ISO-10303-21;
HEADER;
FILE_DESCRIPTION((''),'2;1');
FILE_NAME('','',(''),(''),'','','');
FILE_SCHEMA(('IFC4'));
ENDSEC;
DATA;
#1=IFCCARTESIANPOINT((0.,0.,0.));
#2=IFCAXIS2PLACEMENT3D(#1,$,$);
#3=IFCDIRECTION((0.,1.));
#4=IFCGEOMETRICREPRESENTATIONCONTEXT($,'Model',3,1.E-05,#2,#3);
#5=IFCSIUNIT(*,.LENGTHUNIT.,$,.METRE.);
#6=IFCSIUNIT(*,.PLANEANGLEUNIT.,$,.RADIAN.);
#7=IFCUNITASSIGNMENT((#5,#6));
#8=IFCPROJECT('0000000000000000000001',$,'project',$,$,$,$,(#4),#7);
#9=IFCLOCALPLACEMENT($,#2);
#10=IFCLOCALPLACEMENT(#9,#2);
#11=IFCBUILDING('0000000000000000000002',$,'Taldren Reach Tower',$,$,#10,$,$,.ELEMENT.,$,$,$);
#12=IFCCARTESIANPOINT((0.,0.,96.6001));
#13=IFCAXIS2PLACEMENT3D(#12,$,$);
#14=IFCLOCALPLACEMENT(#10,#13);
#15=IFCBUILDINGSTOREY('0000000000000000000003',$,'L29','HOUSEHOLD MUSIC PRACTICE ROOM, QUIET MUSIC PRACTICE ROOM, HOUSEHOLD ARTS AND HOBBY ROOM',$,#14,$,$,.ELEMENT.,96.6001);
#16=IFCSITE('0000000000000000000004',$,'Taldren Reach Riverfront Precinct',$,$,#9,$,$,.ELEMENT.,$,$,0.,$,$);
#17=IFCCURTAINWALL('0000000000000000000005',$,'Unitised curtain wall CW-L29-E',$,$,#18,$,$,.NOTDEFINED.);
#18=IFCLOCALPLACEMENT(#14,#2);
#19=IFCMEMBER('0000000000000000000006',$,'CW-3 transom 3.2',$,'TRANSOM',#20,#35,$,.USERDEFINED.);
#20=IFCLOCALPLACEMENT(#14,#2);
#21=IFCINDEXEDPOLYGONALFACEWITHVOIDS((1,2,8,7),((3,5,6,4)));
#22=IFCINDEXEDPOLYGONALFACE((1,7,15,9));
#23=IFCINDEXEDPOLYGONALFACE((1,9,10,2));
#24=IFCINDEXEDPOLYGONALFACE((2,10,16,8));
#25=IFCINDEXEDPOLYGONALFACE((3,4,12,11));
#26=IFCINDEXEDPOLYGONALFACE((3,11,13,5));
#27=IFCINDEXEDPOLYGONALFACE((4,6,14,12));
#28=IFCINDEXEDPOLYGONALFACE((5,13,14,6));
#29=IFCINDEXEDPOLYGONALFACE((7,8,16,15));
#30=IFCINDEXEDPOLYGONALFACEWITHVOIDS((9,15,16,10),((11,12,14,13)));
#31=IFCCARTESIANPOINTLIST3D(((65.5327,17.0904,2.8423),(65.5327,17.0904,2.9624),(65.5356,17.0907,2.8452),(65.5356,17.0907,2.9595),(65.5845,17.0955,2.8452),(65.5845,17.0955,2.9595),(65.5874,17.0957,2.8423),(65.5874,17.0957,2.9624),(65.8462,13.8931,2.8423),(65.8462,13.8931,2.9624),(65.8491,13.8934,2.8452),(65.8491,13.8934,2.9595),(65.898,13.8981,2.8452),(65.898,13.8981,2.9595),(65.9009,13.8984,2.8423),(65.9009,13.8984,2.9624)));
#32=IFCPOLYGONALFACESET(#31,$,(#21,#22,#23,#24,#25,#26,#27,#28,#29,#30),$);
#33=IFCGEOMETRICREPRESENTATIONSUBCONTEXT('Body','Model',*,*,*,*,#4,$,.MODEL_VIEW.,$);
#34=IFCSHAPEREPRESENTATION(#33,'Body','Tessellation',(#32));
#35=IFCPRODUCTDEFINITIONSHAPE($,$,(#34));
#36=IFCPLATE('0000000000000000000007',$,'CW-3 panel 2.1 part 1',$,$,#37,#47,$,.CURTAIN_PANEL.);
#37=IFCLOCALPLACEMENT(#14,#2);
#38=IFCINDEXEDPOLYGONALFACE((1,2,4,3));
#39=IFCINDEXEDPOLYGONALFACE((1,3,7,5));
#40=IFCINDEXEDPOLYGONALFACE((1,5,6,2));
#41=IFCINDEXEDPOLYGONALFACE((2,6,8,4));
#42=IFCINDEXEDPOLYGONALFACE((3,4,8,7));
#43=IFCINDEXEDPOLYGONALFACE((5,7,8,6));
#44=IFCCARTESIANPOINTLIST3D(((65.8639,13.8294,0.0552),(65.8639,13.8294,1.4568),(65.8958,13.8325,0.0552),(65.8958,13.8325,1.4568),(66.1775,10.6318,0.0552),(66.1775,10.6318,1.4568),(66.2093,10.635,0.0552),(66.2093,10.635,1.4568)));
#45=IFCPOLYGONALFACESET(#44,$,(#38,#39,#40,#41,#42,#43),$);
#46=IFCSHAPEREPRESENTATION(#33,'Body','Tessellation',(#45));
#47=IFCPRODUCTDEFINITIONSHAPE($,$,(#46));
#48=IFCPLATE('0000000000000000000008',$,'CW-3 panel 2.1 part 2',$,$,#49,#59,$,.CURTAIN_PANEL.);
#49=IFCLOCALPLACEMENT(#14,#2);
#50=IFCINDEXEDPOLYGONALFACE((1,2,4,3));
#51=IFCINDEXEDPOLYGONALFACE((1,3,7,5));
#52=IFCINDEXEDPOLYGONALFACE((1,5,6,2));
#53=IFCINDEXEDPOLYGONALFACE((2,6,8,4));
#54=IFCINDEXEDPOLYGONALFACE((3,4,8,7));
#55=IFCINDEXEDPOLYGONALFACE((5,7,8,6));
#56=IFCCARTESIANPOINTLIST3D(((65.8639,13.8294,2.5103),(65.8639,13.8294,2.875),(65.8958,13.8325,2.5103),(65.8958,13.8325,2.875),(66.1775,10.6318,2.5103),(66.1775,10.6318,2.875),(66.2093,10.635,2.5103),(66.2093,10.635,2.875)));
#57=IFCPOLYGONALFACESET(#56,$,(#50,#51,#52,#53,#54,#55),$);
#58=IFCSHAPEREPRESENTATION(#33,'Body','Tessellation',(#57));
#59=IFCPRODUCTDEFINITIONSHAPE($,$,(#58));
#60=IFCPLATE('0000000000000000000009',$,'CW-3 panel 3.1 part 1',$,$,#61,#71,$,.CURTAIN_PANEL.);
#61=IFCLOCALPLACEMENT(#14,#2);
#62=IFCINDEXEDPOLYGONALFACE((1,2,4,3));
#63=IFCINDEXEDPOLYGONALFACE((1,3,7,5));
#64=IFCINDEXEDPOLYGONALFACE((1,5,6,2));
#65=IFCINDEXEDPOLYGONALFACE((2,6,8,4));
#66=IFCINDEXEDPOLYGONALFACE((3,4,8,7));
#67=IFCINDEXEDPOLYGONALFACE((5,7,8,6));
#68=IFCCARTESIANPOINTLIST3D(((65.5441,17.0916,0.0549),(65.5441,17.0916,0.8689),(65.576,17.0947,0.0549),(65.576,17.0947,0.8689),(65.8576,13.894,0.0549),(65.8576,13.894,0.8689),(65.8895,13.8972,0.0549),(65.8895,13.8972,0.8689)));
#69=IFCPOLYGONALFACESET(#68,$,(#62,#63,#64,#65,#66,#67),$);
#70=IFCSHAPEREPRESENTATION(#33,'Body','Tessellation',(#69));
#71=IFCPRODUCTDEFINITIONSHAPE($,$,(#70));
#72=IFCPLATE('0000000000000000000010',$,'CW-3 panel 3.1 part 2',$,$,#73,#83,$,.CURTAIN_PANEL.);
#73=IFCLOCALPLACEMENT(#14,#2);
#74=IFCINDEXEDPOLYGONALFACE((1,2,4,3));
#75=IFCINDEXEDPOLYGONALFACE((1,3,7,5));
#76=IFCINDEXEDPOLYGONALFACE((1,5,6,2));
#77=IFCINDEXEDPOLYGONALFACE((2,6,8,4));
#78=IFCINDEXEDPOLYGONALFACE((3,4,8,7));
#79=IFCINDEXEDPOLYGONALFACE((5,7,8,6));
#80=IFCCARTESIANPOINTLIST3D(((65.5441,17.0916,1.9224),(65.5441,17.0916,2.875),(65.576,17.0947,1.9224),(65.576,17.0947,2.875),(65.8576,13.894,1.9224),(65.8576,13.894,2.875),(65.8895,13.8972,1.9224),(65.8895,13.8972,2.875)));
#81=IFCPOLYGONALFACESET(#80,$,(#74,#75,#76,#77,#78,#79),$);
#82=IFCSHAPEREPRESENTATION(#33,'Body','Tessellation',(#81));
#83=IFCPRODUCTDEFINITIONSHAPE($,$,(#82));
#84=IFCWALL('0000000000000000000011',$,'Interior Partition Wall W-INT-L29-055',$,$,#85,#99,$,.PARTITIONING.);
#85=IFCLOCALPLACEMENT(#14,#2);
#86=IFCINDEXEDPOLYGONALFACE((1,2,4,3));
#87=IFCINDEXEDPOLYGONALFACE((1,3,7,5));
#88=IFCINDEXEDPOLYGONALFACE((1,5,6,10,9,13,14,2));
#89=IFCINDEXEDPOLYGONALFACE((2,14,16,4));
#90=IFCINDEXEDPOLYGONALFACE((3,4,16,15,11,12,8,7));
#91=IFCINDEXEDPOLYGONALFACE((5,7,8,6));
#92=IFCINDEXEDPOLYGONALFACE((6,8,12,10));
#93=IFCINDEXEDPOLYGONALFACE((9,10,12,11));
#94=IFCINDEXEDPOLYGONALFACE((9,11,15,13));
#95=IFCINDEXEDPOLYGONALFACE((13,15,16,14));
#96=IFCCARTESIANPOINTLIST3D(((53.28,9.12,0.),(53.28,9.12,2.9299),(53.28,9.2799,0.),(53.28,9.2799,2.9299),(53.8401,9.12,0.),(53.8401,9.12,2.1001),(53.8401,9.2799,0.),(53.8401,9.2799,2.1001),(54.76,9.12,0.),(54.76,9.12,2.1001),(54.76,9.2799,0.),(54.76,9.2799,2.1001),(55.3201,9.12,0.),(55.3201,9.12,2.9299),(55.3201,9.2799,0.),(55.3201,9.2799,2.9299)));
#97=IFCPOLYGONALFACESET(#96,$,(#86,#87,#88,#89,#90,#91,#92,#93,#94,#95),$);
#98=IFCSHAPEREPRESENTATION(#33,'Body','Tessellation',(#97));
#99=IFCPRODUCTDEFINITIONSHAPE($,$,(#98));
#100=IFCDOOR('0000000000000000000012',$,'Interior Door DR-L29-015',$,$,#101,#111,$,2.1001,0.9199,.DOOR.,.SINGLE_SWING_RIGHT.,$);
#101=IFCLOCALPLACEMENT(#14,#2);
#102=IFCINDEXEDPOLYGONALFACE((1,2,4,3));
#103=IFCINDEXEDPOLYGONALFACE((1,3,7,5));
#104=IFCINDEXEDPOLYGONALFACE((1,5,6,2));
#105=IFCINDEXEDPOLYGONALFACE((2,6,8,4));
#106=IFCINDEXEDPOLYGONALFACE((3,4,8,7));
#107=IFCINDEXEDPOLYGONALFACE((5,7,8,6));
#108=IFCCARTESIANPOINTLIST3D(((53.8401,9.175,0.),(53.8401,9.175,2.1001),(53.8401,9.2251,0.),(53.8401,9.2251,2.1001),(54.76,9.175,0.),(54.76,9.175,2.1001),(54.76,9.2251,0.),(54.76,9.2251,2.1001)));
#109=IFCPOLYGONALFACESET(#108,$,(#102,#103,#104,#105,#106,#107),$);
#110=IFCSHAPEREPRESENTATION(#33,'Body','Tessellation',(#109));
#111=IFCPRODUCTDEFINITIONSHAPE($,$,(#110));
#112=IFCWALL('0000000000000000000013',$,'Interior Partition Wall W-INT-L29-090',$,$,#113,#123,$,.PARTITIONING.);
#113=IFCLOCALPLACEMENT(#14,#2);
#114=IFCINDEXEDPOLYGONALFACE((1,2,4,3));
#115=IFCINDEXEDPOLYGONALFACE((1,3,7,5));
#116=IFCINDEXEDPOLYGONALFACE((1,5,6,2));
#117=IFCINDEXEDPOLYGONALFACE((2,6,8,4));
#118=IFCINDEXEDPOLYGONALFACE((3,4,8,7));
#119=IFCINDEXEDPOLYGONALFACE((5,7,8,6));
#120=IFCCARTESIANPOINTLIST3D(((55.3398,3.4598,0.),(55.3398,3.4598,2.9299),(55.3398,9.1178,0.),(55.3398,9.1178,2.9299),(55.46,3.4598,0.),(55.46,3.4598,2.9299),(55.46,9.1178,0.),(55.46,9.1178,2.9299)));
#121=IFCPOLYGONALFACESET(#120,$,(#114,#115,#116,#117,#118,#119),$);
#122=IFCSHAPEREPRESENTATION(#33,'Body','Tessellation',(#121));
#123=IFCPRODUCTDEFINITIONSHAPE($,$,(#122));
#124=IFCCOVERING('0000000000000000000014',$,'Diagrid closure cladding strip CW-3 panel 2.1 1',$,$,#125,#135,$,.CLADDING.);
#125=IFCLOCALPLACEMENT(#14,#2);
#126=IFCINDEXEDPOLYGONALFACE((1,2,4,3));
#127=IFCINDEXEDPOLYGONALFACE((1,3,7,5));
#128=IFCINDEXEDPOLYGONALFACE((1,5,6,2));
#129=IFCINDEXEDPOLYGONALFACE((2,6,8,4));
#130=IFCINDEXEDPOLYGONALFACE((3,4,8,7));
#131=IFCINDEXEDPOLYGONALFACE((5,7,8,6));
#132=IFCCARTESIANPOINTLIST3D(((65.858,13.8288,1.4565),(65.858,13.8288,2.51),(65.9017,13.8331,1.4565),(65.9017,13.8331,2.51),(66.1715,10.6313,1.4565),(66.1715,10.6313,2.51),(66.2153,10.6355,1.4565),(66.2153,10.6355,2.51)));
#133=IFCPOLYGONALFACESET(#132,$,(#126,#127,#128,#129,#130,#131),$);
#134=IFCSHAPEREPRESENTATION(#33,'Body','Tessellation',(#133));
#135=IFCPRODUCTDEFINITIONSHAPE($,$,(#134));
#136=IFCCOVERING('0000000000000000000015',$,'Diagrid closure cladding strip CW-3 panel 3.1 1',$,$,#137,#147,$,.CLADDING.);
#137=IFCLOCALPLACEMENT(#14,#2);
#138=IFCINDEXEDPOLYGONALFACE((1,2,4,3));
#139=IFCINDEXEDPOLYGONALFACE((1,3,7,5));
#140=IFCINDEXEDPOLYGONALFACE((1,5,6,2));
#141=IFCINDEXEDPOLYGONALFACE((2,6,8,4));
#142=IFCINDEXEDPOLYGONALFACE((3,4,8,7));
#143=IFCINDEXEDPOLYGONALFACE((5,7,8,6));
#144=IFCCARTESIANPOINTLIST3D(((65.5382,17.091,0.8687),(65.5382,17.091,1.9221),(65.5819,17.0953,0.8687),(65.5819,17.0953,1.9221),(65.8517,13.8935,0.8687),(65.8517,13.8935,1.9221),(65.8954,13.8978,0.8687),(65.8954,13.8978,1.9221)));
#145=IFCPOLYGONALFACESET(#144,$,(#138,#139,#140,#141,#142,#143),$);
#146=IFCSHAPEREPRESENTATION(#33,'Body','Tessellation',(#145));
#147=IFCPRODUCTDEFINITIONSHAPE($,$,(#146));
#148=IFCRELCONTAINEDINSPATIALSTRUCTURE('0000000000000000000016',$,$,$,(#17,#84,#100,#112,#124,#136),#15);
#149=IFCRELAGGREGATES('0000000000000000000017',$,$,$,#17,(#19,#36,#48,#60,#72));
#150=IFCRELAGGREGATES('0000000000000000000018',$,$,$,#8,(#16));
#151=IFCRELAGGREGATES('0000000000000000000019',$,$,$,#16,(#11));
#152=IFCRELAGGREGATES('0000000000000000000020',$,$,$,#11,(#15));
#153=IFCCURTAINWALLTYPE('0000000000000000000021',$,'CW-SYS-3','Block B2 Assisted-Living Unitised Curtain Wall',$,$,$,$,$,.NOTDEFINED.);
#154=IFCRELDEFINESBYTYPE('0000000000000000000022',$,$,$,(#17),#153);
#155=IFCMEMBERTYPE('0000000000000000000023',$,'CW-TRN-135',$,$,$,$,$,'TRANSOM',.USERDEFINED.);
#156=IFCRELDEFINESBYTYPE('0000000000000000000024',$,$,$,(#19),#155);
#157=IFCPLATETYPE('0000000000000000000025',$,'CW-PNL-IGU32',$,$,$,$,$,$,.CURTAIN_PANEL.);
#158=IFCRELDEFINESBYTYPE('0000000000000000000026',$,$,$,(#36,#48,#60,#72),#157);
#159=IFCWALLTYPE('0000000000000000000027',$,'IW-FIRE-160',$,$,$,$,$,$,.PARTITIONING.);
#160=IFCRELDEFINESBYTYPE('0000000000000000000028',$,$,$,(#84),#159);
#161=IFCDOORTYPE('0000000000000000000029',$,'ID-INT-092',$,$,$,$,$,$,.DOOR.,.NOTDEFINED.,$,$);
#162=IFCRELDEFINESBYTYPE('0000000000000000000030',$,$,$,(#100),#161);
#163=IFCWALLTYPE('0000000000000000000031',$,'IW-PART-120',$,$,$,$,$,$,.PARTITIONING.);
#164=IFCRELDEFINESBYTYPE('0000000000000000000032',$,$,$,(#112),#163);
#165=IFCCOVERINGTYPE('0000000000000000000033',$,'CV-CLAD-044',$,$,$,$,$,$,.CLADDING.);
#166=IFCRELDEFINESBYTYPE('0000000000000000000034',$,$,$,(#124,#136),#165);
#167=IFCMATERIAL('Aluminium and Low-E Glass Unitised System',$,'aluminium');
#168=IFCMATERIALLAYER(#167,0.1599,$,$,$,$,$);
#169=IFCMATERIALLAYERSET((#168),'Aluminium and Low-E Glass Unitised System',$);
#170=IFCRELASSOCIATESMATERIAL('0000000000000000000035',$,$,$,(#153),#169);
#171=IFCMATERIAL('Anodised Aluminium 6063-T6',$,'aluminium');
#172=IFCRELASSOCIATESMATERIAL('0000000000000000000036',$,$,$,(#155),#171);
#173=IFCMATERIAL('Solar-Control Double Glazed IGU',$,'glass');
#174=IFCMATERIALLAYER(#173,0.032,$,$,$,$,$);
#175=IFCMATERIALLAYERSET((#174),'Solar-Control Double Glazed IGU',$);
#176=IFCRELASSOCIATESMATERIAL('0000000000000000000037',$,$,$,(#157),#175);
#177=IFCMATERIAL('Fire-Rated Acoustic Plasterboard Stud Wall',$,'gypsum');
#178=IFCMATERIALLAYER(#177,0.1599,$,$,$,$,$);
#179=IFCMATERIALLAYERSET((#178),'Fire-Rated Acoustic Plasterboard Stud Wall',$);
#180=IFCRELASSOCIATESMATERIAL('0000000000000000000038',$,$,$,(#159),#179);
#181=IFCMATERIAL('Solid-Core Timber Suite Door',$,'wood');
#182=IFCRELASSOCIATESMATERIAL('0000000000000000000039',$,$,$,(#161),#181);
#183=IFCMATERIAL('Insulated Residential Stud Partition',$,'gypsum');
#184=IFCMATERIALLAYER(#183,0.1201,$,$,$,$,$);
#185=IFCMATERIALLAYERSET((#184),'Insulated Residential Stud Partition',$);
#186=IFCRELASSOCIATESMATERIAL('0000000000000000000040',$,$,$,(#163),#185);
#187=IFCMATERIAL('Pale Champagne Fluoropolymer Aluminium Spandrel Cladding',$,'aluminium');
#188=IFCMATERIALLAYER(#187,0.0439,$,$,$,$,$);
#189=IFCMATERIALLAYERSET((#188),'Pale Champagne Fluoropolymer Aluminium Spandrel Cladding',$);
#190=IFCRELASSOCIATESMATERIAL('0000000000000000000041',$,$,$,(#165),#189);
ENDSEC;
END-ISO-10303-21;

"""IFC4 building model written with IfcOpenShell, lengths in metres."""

from ifc_helpers import new_model, si_unit, direction, frame, frame_2d, origin, origin_2d, place, context, subcontext, project, spatial, rectangle, hollow_rectangle, extrude, source, transform, mapped, material, layer, layer_set, material_profile, profile_set, type_object, element, fill, aggregate, save


model = new_model("IFC4")

# Units and contexts
model_context = context("Model", 3, precision=1e-05, world=origin(), true_north=direction((0.0, 1.0)))
body_context = subcontext(model_context, "Body", "Model", "MODEL_VIEW")
ifc_project = project(units=[si_unit("LENGTHUNIT", "METRE"), si_unit("PLANEANGLEUNIT", "RADIAN")], contexts=[model_context])

# Site, building, storey
site_placement = place(None, origin())
site = spatial("IfcSite", under=ifc_project, at=site_placement, Name="Taldren Reach Riverfront Precinct", CompositionType="ELEMENT", RefElevation=0.0)
building_placement = place(site_placement, origin())
building = spatial("IfcBuilding", under=site, at=building_placement, Name="Taldren Reach Tower", CompositionType="ELEMENT")
storey_placement = place(building_placement, frame((0.0, 0.0, 96.6001)))
storey = spatial("IfcBuildingStorey", under=building, at=storey_placement, Name="L29", Description="HOUSEHOLD MUSIC PRACTICE ROOM, QUIET MUSIC PRACTICE ROOM, HOUSEHOLD ARTS AND HOBBY ROOM", CompositionType="ELEMENT", Elevation=96.6001)

# Curtain wall, member, plates
ifc_material_1 = material(Name="Aluminium and Low-E Glass Unitised System", Category="aluminium")
ifc_layer_1 = layer(ifc_material_1, 0.1599)
ifc_layer_set_1 = layer_set([ifc_layer_1], Name="Aluminium and Low-E Glass Unitised System")
curtain_wall_type = type_object("IfcCurtainWallType", Name="CW-SYS-3", Description="Block B2 Assisted-Living Unitised Curtain Wall", PredefinedType="NOTDEFINED", material=ifc_layer_set_1)
curtain_wall_placement = place(storey_placement, origin())
curtain_wall = element("IfcCurtainWall", 1, at=curtain_wall_placement, inside=storey, type_object=curtain_wall_type, Name="Unitised curtain wall CW-L29-E", PredefinedType="NOTDEFINED")
ifc_material_2 = material(Name="Anodised Aluminium 6063-T6", Category="aluminium")
ifc_material_profile_1 = material_profile(ifc_material_2, hollow_rectangle(XDim=0.0549, YDim=0.1201, WallThickness=0.0029, at=origin_2d()), Name="ALU-120x55x3RHS")
ifc_profile_set_1 = profile_set([ifc_material_profile_1], Name="Anodised Aluminium 6063-T6")
member_type_1 = type_object("IfcMemberType", Name="CW-TRN-135", ElementType="TRANSOM", PredefinedType="USERDEFINED", material=ifc_profile_set_1)
shared_shape_1 = source(origin(), body_context, "Body", "SweptSolid", [
    extrude(hollow_rectangle(XDim=0.0549, YDim=0.1201, WallThickness=0.0029, at=origin_2d()), origin(), (0.0, 0.0, 1.0), 3.2126),
])
member_1_placement = place(storey_placement, frame((65.8735, 13.8958, 2.9023), z_axis=(-0.097577, 0.995228, 0.0), x_axis=(-0.995228, -0.097577, 0.0)))
member_1 = element("IfcMember", 2, at=member_1_placement, type_object=member_type_1, Name="CW-3 transom 3.2", ObjectType="TRANSOM", PredefinedType="USERDEFINED", context=body_context, shape_type="MappedRepresentation", body=[
    mapped(shared_shape_1, transform((0.0, 0.0, 0.0), scale=1.0)),
])
ifc_material_3 = material(Name="Solar-Control Double Glazed IGU", Category="glass")
ifc_layer_2 = layer(ifc_material_3, 0.032)
ifc_layer_set_2 = layer_set([ifc_layer_2], Name="Solar-Control Double Glazed IGU")
plate_type = type_object("IfcPlateType", Name="CW-PNL-IGU32", PredefinedType="CURTAIN_PANEL", material=ifc_layer_set_2)
shared_shape_2 = source(origin(), body_context, "Body", "SweptSolid", [
    extrude(rectangle(XDim=3.2129, YDim=0.032, at=origin_2d()), origin(), (0.0, 0.0, 1.0), 1.4016),
])
plate_1_placement = place(storey_placement, frame((66.0366, 12.2322, 0.0552), z_axis=(0.0, 0.0, 1.0), x_axis=(-0.097583, 0.995227, 0.0)))
plate_1 = element("IfcPlate", 3, at=plate_1_placement, type_object=plate_type, Name="CW-3 panel 2.1 part 1", PredefinedType="CURTAIN_PANEL", context=body_context, shape_type="MappedRepresentation", body=[
    mapped(shared_shape_2, transform((0.0, 0.0, 0.0), scale=1.0)),
])
shared_shape_3 = source(origin(), body_context, "Body", "SweptSolid", [
    extrude(rectangle(XDim=3.2129, YDim=0.032, at=origin_2d()), origin(), (0.0, 0.0, 1.0), 0.3647),
])
plate_2_placement = place(storey_placement, frame((66.0366, 12.2322, 2.5103), z_axis=(0.0, 0.0, 1.0), x_axis=(-0.097583, 0.995227, 0.0)))
plate_2 = element("IfcPlate", 4, at=plate_2_placement, type_object=plate_type, Name="CW-3 panel 2.1 part 2", PredefinedType="CURTAIN_PANEL", context=body_context, shape_type="MappedRepresentation", body=[
    mapped(shared_shape_3, transform((0.0, 0.0, 0.0), scale=1.0)),
])
shared_shape_4 = source(origin(), body_context, "Body", "SweptSolid", [
    extrude(rectangle(XDim=3.2129, YDim=0.032, at=origin_2d()), origin(), (0.0, 0.0, 1.0), 0.814),
])
plate_3_placement = place(storey_placement, frame((65.7168, 15.4944, 0.0549), z_axis=(0.0, 0.0, 1.0), x_axis=(-0.097583, 0.995227, 0.0)))
plate_3 = element("IfcPlate", 5, at=plate_3_placement, type_object=plate_type, Name="CW-3 panel 3.1 part 1", PredefinedType="CURTAIN_PANEL", context=body_context, shape_type="MappedRepresentation", body=[
    mapped(shared_shape_4, transform((0.0, 0.0, 0.0), scale=1.0)),
])
shared_shape_5 = source(origin(), body_context, "Body", "SweptSolid", [
    extrude(rectangle(XDim=3.2129, YDim=0.032, at=origin_2d()), origin(), (0.0, 0.0, 1.0), 0.9526),
])
plate_4_placement = place(storey_placement, frame((65.7168, 15.4944, 1.9224), z_axis=(0.0, 0.0, 1.0), x_axis=(-0.097583, 0.995227, 0.0)))
plate_4 = element("IfcPlate", 6, at=plate_4_placement, type_object=plate_type, Name="CW-3 panel 3.1 part 2", PredefinedType="CURTAIN_PANEL", context=body_context, shape_type="MappedRepresentation", body=[
    mapped(shared_shape_5, transform((0.0, 0.0, 0.0), scale=1.0)),
])
aggregate(curtain_wall, [member_1, plate_1, plate_2, plate_3, plate_4])

# Wall, opening, door
ifc_material_4 = material(Name="Fire-Rated Acoustic Plasterboard Stud Wall", Category="gypsum")
ifc_layer_3 = layer(ifc_material_4, 0.1599)
ifc_layer_set_3 = layer_set([ifc_layer_3], Name="Fire-Rated Acoustic Plasterboard Stud Wall")
wall_type_1 = type_object("IfcWallType", Name="IW-FIRE-160", PredefinedType="PARTITIONING", material=ifc_layer_set_3)
shared_shape_6 = source(origin(), body_context, "Body", "SweptSolid", [
    extrude(rectangle(XDim=2.04, YDim=0.1599, at=frame_2d((1.02, 0.0))), origin(), (0.0, 0.0, 1.0), 2.9299),
])
wall_1_placement = place(storey_placement, frame((55.3201, 9.2, 0.0), z_axis=(0.0, 0.0, 1.0), x_axis=(-1.0, 0.0, 0.0)))
wall_1 = element("IfcWall", 7, at=wall_1_placement, inside=storey, type_object=wall_type_1, Name="Interior Partition Wall W-INT-L29-055", PredefinedType="PARTITIONING", context=body_context, shape_type="MappedRepresentation", body=[
    mapped(shared_shape_6, transform((0.0, 0.0, 0.0), scale=1.0)),
])
shared_shape_7 = source(origin(), body_context, "Body", "SweptSolid", [
    extrude(rectangle(XDim=0.9199, YDim=2.1001, at=frame_2d((0.46, 1.05))), frame((0.0, 0.0898, 0.0), z_axis=(0.0, -1.0, 0.0), x_axis=(1.0, 0.0, 0.0)), (0.0, 0.0, 1.0), 0.1799),
])
opening_placement = place(wall_1_placement, frame((0.5601, 0.0, 0.0)))
opening = element("IfcOpeningElement", 8, at=opening_placement, cuts=wall_1, PredefinedType="OPENING", context=body_context, shape_type="MappedRepresentation", body=[
    mapped(shared_shape_7, transform((0.0, 0.0, 0.0), scale=1.0)),
])
ifc_material_5 = material(Name="Solid-Core Timber Suite Door", Category="wood")
door_type = type_object("IfcDoorType", Name="ID-INT-092", OperationType="NOTDEFINED", PredefinedType="DOOR", material=ifc_material_5)
shared_shape_8 = source(origin(), body_context, "Body", "SweptSolid", [
    extrude(rectangle(XDim=0.9199, YDim=2.1001, at=frame_2d((0.46, 1.05))), frame((0.0, 0.0249, 0.0), z_axis=(0.0, -1.0, 0.0), x_axis=(1.0, 0.0, 0.0)), (0.0, 0.0, 1.0), 0.05),
])
door_placement = place(opening_placement, origin())
door = element("IfcDoor", 9, at=door_placement, inside=storey, type_object=door_type, Name="Interior Door DR-L29-015", OperationType="SINGLE_SWING_RIGHT", OverallHeight=2.1001, OverallWidth=0.9199, PredefinedType="DOOR", context=body_context, shape_type="MappedRepresentation", body=[
    mapped(shared_shape_8, transform((0.0, 0.0, 0.0), scale=1.0)),
])
fill(opening, door)

# Wall
ifc_material_6 = material(Name="Insulated Residential Stud Partition", Category="gypsum")
ifc_layer_4 = layer(ifc_material_6, 0.1201)
ifc_layer_set_4 = layer_set([ifc_layer_4], Name="Insulated Residential Stud Partition")
wall_type_2 = type_object("IfcWallType", Name="IW-PART-120", PredefinedType="PARTITIONING", material=ifc_layer_set_4)
shared_shape_9 = source(origin(), body_context, "Body", "SweptSolid", [
    extrude(rectangle(XDim=5.658, YDim=0.1201, at=frame_2d((2.8291, 0.0))), origin(), (0.0, 0.0, 1.0), 2.9299),
])
wall_2_placement = place(storey_placement, frame((55.3999, 9.1179, 0.0), z_axis=(0.0, 0.0, 1.0), x_axis=(0.0, -1.0, 0.0)))
element("IfcWall", 10, at=wall_2_placement, inside=storey, type_object=wall_type_2, Name="Interior Partition Wall W-INT-L29-090", PredefinedType="PARTITIONING", context=body_context, shape_type="MappedRepresentation", body=[
    mapped(shared_shape_9, transform((0.0, 0.0, 0.0), scale=1.0)),
])

# Coverings
ifc_material_7 = material(Name="Pale Champagne Fluoropolymer Aluminium Spandrel Cladding", Category="aluminium")
ifc_layer_5 = layer(ifc_material_7, 0.0439)
ifc_layer_set_5 = layer_set([ifc_layer_5], Name="Pale Champagne Fluoropolymer Aluminium Spandrel Cladding")
covering_type = type_object("IfcCoveringType", Name="CV-CLAD-044", PredefinedType="CLADDING", material=ifc_layer_set_5)
shared_shape_10 = source(origin(), body_context, "Body", "SweptSolid", [
    extrude(rectangle(XDim=3.2129, YDim=0.0439, at=origin_2d()), origin(), (0.0, 0.0, 1.0), 1.0535),
])
for number, where, z_axis, x_axis, name in (
    (11, (66.0366, 12.2322, 1.4565), (0.0, 0.0, 1.0), (-0.097583, 0.995227, 0.0), "Diagrid closure cladding strip CW-3 panel 2.1 1"),
    (12, (65.7168, 15.4944, 0.8687), (0.0, 0.0, 1.0), (-0.097583, 0.995227, 0.0), "Diagrid closure cladding strip CW-3 panel 3.1 1"),
):
    element("IfcCovering", number, at=place(storey_placement, frame(where, z_axis=z_axis, x_axis=x_axis)), inside=storey, type_object=covering_type, Name=name, PredefinedType="CLADDING", context=body_context, shape_type="MappedRepresentation", body=[
        mapped(shared_shape_10, transform((0.0, 0.0, 0.0), scale=1.0)),
    ])

save(model, "model.ifc")
